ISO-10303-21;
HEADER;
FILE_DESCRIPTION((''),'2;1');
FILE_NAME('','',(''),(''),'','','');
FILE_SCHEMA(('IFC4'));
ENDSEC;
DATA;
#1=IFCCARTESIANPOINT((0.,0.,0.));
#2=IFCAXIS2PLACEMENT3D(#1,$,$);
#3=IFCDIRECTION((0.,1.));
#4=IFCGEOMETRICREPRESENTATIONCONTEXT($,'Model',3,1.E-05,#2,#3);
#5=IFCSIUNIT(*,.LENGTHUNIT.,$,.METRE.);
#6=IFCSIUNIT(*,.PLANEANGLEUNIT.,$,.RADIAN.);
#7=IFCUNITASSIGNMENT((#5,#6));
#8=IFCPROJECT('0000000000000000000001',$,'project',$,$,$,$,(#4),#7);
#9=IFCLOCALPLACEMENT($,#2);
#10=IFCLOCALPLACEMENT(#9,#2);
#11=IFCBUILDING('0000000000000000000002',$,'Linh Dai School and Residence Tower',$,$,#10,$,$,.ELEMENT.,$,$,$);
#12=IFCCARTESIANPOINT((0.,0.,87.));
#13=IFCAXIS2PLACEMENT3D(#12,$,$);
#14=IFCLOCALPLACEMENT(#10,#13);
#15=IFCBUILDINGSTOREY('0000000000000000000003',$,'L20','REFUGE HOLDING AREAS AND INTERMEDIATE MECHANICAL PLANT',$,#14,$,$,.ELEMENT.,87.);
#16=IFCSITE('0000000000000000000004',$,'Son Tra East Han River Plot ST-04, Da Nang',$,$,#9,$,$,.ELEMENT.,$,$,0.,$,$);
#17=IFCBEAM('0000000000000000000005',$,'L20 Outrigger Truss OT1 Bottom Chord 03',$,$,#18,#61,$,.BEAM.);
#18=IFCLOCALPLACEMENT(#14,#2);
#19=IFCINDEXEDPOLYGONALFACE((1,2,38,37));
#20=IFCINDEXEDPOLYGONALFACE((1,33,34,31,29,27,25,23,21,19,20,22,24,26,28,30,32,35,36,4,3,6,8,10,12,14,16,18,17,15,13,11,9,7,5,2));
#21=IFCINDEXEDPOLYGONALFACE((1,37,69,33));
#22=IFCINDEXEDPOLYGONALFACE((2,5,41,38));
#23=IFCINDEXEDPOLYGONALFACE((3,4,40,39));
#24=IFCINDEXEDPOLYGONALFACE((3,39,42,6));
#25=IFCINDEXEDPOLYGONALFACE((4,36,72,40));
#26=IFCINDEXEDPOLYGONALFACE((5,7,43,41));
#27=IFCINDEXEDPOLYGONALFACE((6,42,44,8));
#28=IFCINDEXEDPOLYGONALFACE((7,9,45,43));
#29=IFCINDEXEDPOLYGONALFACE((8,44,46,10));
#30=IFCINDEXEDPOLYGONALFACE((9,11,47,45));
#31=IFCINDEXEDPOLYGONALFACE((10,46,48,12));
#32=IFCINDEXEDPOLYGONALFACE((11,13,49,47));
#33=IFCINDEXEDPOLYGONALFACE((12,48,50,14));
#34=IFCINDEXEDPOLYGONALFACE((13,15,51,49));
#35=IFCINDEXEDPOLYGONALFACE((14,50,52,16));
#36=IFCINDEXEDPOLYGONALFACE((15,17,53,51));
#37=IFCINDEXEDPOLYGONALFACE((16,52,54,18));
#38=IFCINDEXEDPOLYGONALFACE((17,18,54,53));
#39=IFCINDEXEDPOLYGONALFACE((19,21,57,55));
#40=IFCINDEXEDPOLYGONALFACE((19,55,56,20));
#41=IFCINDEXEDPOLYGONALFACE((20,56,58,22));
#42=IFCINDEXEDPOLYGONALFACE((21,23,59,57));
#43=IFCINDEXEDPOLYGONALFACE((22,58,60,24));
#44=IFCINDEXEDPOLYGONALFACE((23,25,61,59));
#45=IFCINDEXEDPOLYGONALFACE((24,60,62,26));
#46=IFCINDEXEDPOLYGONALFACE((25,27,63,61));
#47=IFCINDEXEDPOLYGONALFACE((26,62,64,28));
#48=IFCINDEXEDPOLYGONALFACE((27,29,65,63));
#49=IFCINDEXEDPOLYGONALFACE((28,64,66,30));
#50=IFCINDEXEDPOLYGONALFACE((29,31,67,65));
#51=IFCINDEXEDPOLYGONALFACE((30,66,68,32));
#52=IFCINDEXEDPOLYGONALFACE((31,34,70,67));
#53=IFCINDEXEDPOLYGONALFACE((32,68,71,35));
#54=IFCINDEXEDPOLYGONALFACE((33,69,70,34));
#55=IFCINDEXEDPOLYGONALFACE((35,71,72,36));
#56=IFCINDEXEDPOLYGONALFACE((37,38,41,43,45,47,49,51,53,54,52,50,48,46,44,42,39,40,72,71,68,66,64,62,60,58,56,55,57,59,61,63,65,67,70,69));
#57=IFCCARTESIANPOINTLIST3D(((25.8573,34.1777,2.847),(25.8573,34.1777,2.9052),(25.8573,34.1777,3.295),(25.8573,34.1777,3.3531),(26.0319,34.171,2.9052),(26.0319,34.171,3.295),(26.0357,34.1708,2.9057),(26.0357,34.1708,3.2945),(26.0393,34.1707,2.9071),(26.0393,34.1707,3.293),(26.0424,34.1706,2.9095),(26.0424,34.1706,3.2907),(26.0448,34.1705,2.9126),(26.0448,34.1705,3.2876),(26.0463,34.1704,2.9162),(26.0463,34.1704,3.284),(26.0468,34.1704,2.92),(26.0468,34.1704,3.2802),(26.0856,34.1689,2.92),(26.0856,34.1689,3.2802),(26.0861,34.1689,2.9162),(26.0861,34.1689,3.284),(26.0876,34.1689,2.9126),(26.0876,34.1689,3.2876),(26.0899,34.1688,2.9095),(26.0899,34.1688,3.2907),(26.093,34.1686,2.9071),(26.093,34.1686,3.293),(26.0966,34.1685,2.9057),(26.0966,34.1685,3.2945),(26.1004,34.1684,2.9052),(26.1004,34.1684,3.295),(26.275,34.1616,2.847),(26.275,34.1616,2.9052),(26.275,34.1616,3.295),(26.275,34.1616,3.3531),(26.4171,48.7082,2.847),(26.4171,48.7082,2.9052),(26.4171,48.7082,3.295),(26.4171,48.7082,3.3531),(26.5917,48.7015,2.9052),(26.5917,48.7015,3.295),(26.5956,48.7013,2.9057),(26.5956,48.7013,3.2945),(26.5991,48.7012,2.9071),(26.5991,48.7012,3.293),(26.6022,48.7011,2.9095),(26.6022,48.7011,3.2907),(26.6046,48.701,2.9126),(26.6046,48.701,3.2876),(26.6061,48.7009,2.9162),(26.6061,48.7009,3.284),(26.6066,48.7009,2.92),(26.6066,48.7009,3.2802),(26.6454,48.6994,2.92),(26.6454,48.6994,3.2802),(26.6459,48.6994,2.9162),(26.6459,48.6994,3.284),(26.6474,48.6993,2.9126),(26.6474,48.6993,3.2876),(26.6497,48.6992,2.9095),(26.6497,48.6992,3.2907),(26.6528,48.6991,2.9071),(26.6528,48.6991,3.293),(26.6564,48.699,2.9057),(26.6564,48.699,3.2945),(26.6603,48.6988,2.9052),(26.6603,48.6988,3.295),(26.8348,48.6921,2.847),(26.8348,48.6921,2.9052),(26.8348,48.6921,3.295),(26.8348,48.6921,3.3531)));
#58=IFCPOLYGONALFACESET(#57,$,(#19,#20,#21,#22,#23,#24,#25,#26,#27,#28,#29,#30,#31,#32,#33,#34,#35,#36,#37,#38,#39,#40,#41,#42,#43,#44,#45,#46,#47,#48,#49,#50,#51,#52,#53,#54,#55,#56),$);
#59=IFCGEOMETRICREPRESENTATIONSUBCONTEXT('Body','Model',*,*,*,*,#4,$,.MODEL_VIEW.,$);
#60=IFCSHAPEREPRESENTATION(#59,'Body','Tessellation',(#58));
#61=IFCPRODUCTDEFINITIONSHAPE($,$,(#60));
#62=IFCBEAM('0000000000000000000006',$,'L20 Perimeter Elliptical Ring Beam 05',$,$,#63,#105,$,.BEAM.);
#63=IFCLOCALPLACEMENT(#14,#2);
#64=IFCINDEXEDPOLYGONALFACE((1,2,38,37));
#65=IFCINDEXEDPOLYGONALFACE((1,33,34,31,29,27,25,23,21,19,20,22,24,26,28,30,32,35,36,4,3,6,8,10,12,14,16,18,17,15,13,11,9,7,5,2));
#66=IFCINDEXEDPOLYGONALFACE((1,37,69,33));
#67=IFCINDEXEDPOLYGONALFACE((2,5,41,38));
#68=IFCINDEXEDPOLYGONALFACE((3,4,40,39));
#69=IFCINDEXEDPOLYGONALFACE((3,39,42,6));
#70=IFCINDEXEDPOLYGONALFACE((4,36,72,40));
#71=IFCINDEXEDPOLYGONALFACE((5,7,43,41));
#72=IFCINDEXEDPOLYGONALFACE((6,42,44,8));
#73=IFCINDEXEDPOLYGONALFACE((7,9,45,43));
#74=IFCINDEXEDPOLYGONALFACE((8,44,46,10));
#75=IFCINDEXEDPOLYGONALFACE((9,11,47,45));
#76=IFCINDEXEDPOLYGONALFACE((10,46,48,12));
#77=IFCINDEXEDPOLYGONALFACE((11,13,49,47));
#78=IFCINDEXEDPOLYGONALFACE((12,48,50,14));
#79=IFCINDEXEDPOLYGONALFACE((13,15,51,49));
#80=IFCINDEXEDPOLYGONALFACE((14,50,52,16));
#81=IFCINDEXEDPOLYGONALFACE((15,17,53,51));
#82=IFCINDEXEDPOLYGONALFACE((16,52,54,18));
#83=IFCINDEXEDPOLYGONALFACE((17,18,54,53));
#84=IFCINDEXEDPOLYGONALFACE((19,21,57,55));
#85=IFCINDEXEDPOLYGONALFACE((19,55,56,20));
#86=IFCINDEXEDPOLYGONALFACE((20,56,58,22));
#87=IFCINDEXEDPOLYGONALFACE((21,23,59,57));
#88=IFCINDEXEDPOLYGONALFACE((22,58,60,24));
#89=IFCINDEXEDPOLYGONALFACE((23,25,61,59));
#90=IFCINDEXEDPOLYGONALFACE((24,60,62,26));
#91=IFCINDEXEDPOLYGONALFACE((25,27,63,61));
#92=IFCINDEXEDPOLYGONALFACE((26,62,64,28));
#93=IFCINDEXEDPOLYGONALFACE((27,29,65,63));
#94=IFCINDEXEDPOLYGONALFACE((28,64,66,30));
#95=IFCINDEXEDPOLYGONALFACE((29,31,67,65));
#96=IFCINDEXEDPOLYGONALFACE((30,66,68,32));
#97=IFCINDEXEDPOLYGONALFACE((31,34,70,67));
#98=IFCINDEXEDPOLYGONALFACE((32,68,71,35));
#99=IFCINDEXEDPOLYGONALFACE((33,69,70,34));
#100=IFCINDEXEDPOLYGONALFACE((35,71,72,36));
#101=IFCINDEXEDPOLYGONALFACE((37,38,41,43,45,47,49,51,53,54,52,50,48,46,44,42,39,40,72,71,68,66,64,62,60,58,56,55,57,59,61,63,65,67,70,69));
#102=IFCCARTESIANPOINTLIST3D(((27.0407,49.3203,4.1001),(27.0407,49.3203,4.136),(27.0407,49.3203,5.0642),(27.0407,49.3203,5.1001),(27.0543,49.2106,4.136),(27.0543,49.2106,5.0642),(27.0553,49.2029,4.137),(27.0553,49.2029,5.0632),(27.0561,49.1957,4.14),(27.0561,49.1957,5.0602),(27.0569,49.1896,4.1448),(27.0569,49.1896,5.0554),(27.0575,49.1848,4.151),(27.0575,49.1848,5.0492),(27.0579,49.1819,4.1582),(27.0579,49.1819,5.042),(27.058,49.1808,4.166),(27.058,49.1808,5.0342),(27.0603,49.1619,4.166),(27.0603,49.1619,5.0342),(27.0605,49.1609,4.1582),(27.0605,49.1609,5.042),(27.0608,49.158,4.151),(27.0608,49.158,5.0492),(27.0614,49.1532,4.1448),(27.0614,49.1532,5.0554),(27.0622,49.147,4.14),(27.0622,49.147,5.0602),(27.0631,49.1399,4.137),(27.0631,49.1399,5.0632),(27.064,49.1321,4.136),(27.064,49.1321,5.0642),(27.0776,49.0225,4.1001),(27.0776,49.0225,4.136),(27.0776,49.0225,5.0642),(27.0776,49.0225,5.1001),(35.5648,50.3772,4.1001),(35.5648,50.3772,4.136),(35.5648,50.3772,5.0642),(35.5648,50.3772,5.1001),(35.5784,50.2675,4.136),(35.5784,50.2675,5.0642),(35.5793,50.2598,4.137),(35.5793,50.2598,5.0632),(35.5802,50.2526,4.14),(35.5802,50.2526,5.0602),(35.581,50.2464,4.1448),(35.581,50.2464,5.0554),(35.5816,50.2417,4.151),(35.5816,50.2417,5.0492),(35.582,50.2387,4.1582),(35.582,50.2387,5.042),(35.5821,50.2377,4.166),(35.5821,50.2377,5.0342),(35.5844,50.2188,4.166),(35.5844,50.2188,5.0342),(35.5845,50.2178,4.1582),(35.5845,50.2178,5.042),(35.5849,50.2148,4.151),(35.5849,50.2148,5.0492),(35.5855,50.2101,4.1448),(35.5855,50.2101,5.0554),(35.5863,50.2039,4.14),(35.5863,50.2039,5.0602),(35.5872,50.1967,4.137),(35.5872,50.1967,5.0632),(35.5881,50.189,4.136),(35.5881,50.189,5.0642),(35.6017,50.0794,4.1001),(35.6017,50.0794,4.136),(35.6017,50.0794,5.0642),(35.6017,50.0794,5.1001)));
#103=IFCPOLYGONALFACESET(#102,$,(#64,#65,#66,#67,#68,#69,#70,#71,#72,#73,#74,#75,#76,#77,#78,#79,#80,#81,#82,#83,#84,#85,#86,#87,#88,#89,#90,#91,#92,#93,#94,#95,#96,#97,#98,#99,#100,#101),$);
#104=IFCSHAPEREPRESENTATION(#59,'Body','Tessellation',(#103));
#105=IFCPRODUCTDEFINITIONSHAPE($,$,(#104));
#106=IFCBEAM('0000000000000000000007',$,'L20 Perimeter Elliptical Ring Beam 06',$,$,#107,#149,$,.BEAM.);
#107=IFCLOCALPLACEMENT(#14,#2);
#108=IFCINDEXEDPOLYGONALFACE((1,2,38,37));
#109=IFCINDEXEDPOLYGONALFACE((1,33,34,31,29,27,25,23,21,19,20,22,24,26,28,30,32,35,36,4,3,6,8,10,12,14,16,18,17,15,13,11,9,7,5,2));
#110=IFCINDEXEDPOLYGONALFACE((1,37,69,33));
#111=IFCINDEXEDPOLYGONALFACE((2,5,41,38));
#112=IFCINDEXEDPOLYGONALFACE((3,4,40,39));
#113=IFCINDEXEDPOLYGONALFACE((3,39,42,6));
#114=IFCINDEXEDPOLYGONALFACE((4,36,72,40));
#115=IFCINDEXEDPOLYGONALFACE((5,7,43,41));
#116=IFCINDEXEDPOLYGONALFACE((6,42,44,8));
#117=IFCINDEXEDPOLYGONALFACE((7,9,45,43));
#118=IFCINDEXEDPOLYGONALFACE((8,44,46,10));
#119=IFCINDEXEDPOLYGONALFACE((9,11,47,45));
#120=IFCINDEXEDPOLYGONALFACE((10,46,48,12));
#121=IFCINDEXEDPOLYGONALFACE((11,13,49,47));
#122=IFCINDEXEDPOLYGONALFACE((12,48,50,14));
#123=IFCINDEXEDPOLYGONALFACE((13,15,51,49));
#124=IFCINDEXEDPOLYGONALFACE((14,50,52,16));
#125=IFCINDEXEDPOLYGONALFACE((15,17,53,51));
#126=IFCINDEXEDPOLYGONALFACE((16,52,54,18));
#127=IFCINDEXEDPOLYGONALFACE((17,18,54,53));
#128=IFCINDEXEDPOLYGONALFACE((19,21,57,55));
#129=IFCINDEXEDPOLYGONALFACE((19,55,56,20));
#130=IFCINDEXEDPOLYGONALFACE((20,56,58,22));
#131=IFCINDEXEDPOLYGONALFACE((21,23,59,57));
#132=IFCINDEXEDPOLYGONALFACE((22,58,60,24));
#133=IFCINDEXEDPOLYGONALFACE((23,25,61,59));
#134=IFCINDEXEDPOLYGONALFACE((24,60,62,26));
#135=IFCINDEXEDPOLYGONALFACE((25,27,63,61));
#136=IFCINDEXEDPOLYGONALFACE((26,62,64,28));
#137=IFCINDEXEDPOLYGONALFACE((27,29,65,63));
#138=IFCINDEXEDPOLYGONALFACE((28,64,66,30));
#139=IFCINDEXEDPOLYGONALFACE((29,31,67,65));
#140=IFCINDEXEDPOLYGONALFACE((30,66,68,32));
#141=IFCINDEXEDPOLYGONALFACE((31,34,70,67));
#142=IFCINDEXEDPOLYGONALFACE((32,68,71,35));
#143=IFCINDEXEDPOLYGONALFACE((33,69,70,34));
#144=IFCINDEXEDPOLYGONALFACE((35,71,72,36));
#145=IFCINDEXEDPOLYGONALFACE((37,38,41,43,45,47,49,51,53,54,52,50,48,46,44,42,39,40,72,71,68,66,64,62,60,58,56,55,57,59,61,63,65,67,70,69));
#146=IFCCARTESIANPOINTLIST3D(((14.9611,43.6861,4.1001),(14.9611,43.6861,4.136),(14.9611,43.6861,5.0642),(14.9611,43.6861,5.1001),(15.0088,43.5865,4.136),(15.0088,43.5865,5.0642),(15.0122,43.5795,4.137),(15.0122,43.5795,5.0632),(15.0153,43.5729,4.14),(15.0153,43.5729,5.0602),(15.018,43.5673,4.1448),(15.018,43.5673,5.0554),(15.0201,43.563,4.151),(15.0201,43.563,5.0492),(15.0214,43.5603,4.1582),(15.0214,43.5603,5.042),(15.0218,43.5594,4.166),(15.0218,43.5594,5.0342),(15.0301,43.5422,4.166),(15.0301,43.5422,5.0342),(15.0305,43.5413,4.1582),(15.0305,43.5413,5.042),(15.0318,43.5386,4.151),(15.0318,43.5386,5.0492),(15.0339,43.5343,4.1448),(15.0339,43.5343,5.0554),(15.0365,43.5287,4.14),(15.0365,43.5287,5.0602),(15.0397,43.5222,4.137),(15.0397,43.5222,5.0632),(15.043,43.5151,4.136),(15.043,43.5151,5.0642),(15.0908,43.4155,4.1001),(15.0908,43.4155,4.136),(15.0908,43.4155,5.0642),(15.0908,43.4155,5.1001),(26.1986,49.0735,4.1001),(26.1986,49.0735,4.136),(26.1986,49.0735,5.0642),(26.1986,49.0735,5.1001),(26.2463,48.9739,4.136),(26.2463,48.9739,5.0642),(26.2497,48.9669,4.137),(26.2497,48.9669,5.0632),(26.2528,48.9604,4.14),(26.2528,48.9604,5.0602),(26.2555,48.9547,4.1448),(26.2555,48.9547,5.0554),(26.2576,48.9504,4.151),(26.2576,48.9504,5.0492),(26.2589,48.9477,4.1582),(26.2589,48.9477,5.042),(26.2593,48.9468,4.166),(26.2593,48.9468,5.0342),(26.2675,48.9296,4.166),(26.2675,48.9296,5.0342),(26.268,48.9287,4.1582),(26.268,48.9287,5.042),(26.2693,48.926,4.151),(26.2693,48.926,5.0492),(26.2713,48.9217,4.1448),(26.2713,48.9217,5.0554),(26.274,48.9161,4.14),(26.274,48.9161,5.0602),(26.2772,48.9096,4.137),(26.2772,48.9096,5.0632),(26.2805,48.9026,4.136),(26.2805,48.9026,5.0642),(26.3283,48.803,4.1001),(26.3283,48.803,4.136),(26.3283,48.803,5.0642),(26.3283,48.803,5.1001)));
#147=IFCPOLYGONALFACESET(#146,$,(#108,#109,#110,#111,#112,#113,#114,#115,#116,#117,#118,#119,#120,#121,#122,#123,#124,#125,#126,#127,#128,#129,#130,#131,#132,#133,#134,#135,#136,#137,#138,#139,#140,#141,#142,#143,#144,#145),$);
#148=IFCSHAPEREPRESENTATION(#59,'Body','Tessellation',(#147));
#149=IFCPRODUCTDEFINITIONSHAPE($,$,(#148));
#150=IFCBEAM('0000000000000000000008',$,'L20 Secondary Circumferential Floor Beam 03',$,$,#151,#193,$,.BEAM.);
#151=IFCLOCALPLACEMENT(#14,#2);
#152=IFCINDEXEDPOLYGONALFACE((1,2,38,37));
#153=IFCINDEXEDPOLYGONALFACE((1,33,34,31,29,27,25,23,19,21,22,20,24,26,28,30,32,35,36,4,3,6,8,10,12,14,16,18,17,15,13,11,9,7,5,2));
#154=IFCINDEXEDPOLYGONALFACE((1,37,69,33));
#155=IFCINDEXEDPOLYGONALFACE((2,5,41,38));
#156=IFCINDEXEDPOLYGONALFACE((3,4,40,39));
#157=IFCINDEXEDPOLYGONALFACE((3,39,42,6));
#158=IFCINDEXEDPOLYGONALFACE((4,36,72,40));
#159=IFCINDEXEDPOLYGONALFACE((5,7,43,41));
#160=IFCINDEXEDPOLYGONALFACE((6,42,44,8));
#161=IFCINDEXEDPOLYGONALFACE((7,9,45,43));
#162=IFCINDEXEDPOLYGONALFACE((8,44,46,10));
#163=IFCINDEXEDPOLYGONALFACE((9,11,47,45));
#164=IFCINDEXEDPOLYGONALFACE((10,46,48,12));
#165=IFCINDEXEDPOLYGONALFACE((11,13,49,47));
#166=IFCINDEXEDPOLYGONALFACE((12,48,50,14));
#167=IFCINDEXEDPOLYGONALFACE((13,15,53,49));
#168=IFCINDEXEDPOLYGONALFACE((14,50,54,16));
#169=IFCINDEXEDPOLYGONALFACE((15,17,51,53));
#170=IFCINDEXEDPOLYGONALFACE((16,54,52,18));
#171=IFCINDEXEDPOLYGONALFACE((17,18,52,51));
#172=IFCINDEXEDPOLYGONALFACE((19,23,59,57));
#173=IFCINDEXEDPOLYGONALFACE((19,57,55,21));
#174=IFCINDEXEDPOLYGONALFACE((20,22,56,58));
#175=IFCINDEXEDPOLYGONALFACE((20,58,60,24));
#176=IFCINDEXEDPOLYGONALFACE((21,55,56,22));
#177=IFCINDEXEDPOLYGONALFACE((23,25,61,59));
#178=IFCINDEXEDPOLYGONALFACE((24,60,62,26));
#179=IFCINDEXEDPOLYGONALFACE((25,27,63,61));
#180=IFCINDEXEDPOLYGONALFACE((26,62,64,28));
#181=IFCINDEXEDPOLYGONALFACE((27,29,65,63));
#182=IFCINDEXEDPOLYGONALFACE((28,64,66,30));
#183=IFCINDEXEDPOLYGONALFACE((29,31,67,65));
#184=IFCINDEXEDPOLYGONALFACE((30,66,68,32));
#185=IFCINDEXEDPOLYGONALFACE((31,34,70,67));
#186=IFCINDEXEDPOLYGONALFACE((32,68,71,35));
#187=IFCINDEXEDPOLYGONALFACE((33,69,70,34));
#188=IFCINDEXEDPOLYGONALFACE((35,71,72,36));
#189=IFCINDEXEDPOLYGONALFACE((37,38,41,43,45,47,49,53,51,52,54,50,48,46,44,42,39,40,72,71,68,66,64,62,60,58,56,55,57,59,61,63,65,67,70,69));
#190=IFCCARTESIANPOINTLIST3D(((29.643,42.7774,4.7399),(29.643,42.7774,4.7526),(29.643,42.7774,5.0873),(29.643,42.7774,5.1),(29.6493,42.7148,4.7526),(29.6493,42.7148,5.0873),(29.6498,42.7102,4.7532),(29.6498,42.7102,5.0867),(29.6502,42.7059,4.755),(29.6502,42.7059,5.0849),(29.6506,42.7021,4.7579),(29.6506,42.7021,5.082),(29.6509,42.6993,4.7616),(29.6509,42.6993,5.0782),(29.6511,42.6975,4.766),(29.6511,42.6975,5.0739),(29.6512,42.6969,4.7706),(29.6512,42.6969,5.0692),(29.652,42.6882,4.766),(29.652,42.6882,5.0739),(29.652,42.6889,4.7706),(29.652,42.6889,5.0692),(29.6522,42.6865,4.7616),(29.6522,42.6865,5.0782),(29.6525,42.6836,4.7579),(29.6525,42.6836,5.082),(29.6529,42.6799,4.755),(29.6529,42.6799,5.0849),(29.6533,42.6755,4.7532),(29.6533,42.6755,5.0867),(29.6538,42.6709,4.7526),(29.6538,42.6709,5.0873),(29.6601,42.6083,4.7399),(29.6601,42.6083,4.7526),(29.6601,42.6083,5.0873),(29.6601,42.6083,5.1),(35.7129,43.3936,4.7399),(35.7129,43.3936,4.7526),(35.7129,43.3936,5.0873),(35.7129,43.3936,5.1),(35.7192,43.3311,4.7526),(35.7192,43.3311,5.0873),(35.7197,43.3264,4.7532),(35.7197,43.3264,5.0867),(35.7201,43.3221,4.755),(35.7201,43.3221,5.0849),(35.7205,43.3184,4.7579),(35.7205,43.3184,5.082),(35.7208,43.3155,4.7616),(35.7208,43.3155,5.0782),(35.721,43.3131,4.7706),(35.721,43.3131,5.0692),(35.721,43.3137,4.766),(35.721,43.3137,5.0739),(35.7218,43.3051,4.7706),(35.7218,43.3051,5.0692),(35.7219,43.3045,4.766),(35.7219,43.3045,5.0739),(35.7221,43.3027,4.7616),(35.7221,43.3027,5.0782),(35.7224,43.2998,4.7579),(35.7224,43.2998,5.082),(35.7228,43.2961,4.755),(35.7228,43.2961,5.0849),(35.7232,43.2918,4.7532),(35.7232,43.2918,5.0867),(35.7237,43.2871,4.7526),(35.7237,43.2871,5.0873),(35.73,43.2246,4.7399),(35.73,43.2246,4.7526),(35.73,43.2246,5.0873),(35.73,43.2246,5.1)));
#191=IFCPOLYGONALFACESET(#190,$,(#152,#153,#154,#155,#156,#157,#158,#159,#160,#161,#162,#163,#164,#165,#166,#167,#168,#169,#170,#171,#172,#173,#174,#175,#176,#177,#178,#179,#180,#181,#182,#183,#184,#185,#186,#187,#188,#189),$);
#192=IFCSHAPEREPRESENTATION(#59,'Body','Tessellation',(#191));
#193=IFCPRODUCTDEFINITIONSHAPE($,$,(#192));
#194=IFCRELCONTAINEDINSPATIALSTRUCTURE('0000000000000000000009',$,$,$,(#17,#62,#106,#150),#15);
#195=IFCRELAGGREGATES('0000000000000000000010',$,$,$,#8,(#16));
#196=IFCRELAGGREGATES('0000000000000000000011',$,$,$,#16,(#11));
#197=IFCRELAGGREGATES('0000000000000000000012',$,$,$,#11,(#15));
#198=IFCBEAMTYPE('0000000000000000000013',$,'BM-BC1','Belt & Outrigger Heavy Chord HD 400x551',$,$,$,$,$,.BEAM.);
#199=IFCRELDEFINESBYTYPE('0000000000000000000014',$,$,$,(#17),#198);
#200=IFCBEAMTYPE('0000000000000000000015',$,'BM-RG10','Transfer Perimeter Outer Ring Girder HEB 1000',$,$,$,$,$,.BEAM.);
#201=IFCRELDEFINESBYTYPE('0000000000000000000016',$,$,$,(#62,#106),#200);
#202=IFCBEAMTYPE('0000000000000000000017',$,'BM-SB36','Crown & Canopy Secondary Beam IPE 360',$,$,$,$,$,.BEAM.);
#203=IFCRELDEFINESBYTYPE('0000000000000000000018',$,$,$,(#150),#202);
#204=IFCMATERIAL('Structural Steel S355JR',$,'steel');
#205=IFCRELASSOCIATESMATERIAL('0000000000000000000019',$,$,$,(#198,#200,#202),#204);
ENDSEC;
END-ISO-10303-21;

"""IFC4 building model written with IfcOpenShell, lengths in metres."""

from ifc_helpers import new_model, si_unit, direction, frame, origin, origin_2d, place, context, subcontext, project, spatial, i_section, extrude, material, material_profile, profile_set, type_object, element, save


model = new_model("IFC4")

# Units and contexts
model_context = context("Model", 3, precision=1e-05, world=origin(), true_north=direction((0.0, 1.0)))
body_context = subcontext(model_context, "Body", "Model", "MODEL_VIEW")
ifc_project = project(units=[si_unit("LENGTHUNIT", "METRE"), si_unit("PLANEANGLEUNIT", "RADIAN")], contexts=[model_context])

# Site, building, storey
site_placement = place(None, origin())
site = spatial("IfcSite", under=ifc_project, at=site_placement, Name="Son Tra East Han River Plot ST-04, Da Nang", CompositionType="ELEMENT", RefElevation=0.0)
building_placement = place(site_placement, origin())
building = spatial("IfcBuilding", under=site, at=building_placement, Name="Linh Dai School and Residence Tower", CompositionType="ELEMENT")
storey_placement = place(building_placement, frame((0.0, 0.0, 87.0)))
storey = spatial("IfcBuildingStorey", under=building, at=storey_placement, Name="L20", Description="REFUGE HOLDING AREAS AND INTERMEDIATE MECHANICAL PLANT", CompositionType="ELEMENT", Elevation=87.0)

# Shared definitions
ifc_material_1 = material(Name="Structural Steel S355JR", Category="steel")

# Beams
ifc_material_profile_1 = material_profile(ifc_material_1, i_section(OverallWidth=0.418, OverallDepth=0.5061, WebThickness=0.0388, FlangeThickness=0.0581, FilletRadius=0.0149, at=origin_2d()), Name="HD 400x551")
ifc_profile_set_1 = profile_set([ifc_material_profile_1], Name="Structural Steel S355JR")
beam_type_1 = type_object("IfcBeamType", Name="BM-BC1", Description="Belt & Outrigger Heavy Chord HD 400x551", PredefinedType="BEAM", material=ifc_profile_set_1)
beam_1_placement = place(storey_placement, frame((26.0662, 34.1697, 3.1001), z_axis=(0.038498, 0.999259, 0.0), x_axis=(-0.999259, 0.038498, 0.0)))
element("IfcBeam", 1, at=beam_1_placement, inside=storey, type_object=beam_type_1, Name="L20 Outrigger Truss OT1 Bottom Chord 03", PredefinedType="BEAM", context=body_context, shape_type="SweptSolid", body=[
    extrude(i_section(OverallWidth=0.418, OverallDepth=0.5061, WebThickness=0.0388, FlangeThickness=0.0581, FilletRadius=0.0149, at=origin_2d()), origin(), (0.0, 0.0, 1.0), 14.5413),
])
ifc_material_profile_2 = material_profile(ifc_material_1, i_section(OverallWidth=0.3, OverallDepth=1.0, WebThickness=0.019, FlangeThickness=0.0359, FilletRadius=0.03, at=origin_2d()), Name="HEB 1000")
ifc_profile_set_2 = profile_set([ifc_material_profile_2], Name="Structural Steel S355JR")
beam_type_2 = type_object("IfcBeamType", Name="BM-RG10", Description="Transfer Perimeter Outer Ring Girder HEB 1000", PredefinedType="BEAM", material=ifc_profile_set_2)
beam_2_placement = place(storey_placement, frame((35.5833, 50.2283, 4.6001), z_axis=(-0.992401, -0.123045, 0.0), x_axis=(0.123045, -0.992401, 0.0)))
element("IfcBeam", 2, at=beam_2_placement, inside=storey, type_object=beam_type_2, Name="L20 Perimeter Elliptical Ring Beam 05", PredefinedType="BEAM", context=body_context, shape_type="SweptSolid", body=[
    extrude(i_section(OverallWidth=0.3, OverallDepth=1.0, WebThickness=0.019, FlangeThickness=0.0359, FilletRadius=0.03, at=origin_2d()), origin(), (0.0, 0.0, 1.0), 8.5894),
])
beam_3_placement = place(storey_placement, frame((26.2634, 48.9382, 4.6001), z_axis=(-0.901729, -0.432302, 0.0), x_axis=(0.432302, -0.901729, 0.0)))
element("IfcBeam", 3, at=beam_3_placement, inside=storey, type_object=beam_type_2, Name="L20 Perimeter Elliptical Ring Beam 06", PredefinedType="BEAM", context=body_context, shape_type="SweptSolid", body=[
    extrude(i_section(OverallWidth=0.3, OverallDepth=1.0, WebThickness=0.019, FlangeThickness=0.0359, FilletRadius=0.03, at=origin_2d()), origin(), (0.0, 0.0, 1.0), 12.4622),
])
ifc_material_profile_3 = material_profile(ifc_material_1, i_section(OverallWidth=0.1699, OverallDepth=0.3601, WebThickness=0.0081, FlangeThickness=0.0127, FilletRadius=0.0181, at=origin_2d()), Name="IPE 360")
ifc_profile_set_3 = profile_set([ifc_material_profile_3], Name="Structural Steel S355JR")
beam_type_3 = type_object("IfcBeamType", Name="BM-SB36", Description="Crown & Canopy Secondary Beam IPE 360", PredefinedType="BEAM", material=ifc_profile_set_3)
beam_4_placement = place(storey_placement, frame((35.7214, 43.3091, 4.9199), z_axis=(-0.994886, -0.101001, 0.0), x_axis=(0.101001, -0.994886, 0.0)))
element("IfcBeam", 4, at=beam_4_placement, inside=storey, type_object=beam_type_3, Name="L20 Secondary Circumferential Floor Beam 03", PredefinedType="BEAM", context=body_context, shape_type="SweptSolid", body=[
    extrude(i_section(OverallWidth=0.1699, OverallDepth=0.3601, WebThickness=0.0081, FlangeThickness=0.0127, FilletRadius=0.0181, at=origin_2d()), origin(), (0.0, 0.0, 1.0), 6.1011),
])

save(model, "model.ifc")
